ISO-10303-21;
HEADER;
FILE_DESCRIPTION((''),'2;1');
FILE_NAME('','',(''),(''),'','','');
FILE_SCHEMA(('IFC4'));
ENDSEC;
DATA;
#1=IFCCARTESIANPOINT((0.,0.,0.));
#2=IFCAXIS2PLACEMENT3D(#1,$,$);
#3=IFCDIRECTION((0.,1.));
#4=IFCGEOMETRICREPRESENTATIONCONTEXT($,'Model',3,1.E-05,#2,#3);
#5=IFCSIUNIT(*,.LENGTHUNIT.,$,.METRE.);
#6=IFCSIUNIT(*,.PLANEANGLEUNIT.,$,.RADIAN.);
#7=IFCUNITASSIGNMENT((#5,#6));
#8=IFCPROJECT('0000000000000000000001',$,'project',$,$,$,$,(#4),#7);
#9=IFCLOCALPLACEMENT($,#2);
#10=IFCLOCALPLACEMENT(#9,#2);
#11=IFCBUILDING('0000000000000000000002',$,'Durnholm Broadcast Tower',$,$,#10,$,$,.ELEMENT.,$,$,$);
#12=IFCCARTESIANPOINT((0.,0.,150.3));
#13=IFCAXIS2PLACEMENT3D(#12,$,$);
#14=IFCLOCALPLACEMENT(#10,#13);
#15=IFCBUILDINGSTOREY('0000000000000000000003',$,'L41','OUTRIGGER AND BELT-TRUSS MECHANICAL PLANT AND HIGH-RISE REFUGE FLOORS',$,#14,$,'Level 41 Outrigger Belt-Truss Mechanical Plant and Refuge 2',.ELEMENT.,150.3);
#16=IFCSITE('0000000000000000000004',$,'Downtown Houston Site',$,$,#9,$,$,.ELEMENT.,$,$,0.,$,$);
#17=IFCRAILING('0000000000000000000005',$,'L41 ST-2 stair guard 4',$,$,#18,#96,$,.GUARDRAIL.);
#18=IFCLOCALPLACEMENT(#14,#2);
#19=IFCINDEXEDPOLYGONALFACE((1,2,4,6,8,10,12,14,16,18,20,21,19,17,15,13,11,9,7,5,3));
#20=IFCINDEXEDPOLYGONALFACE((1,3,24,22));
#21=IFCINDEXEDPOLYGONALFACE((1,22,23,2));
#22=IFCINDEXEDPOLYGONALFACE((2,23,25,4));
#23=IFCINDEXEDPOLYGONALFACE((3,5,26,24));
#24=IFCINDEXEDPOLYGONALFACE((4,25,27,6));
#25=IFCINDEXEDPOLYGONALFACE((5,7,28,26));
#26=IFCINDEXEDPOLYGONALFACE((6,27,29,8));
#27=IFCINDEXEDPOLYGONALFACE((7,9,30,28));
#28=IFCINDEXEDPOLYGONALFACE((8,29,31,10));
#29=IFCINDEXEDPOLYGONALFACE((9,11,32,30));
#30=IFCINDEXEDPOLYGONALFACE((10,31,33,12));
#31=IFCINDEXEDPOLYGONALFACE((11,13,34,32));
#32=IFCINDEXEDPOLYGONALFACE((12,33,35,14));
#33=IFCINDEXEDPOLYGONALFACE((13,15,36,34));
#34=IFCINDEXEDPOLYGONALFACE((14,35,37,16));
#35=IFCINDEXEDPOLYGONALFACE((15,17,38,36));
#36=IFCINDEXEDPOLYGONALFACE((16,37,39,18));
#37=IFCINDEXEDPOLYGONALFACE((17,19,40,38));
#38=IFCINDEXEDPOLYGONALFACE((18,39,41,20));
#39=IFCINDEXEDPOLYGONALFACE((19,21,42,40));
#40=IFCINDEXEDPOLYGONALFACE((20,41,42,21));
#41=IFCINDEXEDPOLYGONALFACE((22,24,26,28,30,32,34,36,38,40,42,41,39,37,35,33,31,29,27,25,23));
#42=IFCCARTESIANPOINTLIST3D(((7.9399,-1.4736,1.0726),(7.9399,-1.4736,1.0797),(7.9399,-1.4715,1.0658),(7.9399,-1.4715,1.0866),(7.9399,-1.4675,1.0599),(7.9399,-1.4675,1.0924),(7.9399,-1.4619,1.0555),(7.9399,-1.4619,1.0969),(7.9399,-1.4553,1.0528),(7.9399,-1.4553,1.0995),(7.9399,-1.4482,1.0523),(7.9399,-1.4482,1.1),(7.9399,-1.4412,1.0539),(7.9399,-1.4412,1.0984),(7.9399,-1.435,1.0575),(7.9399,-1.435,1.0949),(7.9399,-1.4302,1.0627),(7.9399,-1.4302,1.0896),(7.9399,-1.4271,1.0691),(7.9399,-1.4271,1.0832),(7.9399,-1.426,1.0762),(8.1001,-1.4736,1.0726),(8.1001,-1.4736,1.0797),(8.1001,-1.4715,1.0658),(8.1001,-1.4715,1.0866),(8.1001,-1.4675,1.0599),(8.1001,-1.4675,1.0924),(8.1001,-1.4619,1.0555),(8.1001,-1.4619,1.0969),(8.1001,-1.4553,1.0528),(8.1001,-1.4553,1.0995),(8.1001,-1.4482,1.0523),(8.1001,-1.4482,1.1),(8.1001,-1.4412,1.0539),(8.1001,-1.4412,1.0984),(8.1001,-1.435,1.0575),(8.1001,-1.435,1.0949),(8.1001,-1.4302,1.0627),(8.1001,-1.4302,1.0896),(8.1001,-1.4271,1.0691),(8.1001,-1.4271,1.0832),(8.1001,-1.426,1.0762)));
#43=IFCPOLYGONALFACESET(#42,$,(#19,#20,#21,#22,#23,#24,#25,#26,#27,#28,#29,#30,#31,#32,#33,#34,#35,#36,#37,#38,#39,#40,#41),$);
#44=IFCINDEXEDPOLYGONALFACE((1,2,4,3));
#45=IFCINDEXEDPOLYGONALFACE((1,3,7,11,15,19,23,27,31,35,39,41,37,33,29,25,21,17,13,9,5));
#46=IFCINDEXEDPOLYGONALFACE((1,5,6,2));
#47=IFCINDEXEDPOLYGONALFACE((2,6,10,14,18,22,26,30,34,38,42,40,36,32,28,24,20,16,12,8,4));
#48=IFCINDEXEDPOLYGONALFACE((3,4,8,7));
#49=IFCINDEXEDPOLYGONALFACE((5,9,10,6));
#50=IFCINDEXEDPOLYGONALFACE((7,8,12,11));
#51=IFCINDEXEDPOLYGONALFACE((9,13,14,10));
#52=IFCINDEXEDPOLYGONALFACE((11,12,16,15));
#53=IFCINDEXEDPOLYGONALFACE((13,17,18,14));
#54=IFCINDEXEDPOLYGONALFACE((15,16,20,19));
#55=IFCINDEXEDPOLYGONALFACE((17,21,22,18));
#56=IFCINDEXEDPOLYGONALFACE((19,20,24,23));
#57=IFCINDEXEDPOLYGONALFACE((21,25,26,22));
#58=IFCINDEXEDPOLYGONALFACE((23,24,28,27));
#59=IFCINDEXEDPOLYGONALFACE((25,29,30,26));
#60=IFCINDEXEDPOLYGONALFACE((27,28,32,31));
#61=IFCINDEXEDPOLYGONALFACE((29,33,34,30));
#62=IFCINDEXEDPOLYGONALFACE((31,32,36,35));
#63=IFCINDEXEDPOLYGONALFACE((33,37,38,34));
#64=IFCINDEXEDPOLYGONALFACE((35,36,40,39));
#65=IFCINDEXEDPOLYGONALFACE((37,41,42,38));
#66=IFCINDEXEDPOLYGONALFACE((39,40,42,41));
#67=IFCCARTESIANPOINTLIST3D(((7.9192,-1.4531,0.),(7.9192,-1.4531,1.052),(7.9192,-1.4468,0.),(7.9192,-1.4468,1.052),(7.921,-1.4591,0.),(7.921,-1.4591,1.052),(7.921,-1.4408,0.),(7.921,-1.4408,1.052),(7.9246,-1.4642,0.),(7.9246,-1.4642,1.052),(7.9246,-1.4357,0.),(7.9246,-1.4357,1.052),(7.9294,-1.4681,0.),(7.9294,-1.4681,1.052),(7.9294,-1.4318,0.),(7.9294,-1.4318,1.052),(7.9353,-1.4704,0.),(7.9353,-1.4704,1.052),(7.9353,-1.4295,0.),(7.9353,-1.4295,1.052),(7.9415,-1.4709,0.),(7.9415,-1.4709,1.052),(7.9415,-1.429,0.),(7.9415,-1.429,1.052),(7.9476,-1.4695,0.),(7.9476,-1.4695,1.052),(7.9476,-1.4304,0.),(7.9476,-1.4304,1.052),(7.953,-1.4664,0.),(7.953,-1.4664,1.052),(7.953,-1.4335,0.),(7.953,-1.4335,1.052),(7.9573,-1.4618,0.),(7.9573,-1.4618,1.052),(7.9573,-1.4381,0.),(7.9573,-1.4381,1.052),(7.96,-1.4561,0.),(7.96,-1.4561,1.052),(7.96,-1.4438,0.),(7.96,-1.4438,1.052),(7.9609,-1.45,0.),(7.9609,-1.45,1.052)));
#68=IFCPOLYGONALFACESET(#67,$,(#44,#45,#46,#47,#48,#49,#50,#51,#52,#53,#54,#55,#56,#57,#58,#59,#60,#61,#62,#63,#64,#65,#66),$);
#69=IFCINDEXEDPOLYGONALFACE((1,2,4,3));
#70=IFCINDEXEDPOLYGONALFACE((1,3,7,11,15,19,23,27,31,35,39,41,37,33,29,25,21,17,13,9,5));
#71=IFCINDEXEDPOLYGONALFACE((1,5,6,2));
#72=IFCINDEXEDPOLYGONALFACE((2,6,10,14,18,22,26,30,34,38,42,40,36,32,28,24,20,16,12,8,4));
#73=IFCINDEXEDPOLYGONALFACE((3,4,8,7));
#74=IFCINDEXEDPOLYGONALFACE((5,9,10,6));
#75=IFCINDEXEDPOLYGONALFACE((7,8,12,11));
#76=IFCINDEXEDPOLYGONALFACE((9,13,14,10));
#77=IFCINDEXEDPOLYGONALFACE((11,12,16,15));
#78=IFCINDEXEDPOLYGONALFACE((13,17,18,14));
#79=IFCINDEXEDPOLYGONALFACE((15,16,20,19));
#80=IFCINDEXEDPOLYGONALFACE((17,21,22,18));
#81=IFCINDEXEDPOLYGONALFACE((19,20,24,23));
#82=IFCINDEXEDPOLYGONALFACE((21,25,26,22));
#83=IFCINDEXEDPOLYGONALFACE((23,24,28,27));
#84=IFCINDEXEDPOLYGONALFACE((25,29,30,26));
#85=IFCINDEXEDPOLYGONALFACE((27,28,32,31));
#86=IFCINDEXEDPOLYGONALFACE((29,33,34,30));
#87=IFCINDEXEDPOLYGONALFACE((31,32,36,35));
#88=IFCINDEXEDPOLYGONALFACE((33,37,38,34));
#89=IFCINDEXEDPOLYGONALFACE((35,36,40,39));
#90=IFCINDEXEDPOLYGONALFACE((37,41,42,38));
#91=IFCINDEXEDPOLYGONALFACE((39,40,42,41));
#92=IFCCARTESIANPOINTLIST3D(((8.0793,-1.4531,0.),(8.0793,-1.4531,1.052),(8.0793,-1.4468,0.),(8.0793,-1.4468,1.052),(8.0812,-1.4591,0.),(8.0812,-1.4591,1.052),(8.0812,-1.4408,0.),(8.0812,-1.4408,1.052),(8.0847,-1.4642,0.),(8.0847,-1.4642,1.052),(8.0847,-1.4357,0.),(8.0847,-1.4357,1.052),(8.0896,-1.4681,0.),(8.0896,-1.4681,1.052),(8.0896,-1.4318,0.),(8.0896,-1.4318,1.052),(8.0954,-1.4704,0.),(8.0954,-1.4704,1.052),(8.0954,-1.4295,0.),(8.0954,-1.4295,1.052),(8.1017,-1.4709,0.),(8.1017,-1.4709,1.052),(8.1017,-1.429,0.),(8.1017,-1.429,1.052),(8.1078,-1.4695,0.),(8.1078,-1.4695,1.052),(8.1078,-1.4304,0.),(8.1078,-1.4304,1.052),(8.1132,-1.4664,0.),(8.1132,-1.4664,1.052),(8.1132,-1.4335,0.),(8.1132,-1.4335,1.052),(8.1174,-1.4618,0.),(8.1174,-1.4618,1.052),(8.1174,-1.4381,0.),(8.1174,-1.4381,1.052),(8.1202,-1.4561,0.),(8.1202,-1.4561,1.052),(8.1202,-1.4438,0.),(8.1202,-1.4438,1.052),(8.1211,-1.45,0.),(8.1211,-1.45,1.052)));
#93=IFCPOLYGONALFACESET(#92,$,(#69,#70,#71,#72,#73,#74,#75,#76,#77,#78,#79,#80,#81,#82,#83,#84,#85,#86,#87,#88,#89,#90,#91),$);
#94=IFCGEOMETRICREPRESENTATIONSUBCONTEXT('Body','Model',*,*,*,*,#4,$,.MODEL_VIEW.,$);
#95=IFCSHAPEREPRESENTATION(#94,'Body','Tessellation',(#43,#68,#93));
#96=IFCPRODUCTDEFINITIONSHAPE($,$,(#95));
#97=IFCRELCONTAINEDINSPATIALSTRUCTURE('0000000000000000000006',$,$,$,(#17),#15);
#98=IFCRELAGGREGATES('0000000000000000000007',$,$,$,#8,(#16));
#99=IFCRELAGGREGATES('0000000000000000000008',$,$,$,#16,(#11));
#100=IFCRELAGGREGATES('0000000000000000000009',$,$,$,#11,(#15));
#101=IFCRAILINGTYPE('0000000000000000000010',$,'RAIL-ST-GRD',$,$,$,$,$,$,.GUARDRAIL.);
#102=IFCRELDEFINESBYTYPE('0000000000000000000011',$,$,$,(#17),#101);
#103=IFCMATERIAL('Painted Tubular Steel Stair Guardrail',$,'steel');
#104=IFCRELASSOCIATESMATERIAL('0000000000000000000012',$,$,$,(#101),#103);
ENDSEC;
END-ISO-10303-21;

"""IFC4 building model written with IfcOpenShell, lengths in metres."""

from ifc_helpers import new_model, si_unit, direction, frame, origin, origin_2d, place, context, subcontext, project, spatial, circle, extrude, material, type_object, element, save


model = new_model("IFC4")

# Units and contexts
model_context = context("Model", 3, precision=1e-05, world=origin(), true_north=direction((0.0, 1.0)))
body_context = subcontext(model_context, "Body", "Model", "MODEL_VIEW")
ifc_project = project(units=[si_unit("LENGTHUNIT", "METRE"), si_unit("PLANEANGLEUNIT", "RADIAN")], contexts=[model_context])

# Site, building, storey
site_placement = place(None, origin())
site = spatial("IfcSite", under=ifc_project, at=site_placement, Name="Downtown Houston Site", CompositionType="ELEMENT", RefElevation=0.0)
building_placement = place(site_placement, origin())
building = spatial("IfcBuilding", under=site, at=building_placement, Name="Durnholm Broadcast Tower", CompositionType="ELEMENT")
storey_placement = place(building_placement, frame((0.0, 0.0, 150.3)))
storey = spatial("IfcBuildingStorey", under=building, at=storey_placement, Name="L41", Description="OUTRIGGER AND BELT-TRUSS MECHANICAL PLANT AND HIGH-RISE REFUGE FLOORS", LongName="Level 41 Outrigger Belt-Truss Mechanical Plant and Refuge 2", CompositionType="ELEMENT", Elevation=150.3)

# Railing
ifc_material_1 = material(Name="Painted Tubular Steel Stair Guardrail", Category="steel")
railing_type_1 = type_object("IfcRailingType", Name="RAIL-ST-GRD", PredefinedType="GUARDRAIL", material=ifc_material_1)
railing_1_placement = place(storey_placement, frame((7.9399, -1.45, 0.0)))
element("IfcRailing", 1, at=railing_1_placement, inside=storey, type_object=railing_type_1, Name="L41 ST-2 stair guard 4", PredefinedType="GUARDRAIL", context=body_context, shape_type="SweptSolid", body=[
    extrude(circle(Radius=0.0239, at=origin_2d()), frame((0.0, 0.0, 1.0762), z_axis=(1.0, 0.0, 0.0), x_axis=(0.0, 1.0, 0.0)), (0.0, 0.0, 1.0), 0.1602),
    extrude(circle(Radius=0.021, at=origin_2d()), origin(), (0.0, 0.0, 1.0), 1.052),
    extrude(circle(Radius=0.021, at=origin_2d()), frame((0.1602, 0.0, 0.0)), (0.0, 0.0, 1.0), 1.052),
])

save(model, "model.ifc")
